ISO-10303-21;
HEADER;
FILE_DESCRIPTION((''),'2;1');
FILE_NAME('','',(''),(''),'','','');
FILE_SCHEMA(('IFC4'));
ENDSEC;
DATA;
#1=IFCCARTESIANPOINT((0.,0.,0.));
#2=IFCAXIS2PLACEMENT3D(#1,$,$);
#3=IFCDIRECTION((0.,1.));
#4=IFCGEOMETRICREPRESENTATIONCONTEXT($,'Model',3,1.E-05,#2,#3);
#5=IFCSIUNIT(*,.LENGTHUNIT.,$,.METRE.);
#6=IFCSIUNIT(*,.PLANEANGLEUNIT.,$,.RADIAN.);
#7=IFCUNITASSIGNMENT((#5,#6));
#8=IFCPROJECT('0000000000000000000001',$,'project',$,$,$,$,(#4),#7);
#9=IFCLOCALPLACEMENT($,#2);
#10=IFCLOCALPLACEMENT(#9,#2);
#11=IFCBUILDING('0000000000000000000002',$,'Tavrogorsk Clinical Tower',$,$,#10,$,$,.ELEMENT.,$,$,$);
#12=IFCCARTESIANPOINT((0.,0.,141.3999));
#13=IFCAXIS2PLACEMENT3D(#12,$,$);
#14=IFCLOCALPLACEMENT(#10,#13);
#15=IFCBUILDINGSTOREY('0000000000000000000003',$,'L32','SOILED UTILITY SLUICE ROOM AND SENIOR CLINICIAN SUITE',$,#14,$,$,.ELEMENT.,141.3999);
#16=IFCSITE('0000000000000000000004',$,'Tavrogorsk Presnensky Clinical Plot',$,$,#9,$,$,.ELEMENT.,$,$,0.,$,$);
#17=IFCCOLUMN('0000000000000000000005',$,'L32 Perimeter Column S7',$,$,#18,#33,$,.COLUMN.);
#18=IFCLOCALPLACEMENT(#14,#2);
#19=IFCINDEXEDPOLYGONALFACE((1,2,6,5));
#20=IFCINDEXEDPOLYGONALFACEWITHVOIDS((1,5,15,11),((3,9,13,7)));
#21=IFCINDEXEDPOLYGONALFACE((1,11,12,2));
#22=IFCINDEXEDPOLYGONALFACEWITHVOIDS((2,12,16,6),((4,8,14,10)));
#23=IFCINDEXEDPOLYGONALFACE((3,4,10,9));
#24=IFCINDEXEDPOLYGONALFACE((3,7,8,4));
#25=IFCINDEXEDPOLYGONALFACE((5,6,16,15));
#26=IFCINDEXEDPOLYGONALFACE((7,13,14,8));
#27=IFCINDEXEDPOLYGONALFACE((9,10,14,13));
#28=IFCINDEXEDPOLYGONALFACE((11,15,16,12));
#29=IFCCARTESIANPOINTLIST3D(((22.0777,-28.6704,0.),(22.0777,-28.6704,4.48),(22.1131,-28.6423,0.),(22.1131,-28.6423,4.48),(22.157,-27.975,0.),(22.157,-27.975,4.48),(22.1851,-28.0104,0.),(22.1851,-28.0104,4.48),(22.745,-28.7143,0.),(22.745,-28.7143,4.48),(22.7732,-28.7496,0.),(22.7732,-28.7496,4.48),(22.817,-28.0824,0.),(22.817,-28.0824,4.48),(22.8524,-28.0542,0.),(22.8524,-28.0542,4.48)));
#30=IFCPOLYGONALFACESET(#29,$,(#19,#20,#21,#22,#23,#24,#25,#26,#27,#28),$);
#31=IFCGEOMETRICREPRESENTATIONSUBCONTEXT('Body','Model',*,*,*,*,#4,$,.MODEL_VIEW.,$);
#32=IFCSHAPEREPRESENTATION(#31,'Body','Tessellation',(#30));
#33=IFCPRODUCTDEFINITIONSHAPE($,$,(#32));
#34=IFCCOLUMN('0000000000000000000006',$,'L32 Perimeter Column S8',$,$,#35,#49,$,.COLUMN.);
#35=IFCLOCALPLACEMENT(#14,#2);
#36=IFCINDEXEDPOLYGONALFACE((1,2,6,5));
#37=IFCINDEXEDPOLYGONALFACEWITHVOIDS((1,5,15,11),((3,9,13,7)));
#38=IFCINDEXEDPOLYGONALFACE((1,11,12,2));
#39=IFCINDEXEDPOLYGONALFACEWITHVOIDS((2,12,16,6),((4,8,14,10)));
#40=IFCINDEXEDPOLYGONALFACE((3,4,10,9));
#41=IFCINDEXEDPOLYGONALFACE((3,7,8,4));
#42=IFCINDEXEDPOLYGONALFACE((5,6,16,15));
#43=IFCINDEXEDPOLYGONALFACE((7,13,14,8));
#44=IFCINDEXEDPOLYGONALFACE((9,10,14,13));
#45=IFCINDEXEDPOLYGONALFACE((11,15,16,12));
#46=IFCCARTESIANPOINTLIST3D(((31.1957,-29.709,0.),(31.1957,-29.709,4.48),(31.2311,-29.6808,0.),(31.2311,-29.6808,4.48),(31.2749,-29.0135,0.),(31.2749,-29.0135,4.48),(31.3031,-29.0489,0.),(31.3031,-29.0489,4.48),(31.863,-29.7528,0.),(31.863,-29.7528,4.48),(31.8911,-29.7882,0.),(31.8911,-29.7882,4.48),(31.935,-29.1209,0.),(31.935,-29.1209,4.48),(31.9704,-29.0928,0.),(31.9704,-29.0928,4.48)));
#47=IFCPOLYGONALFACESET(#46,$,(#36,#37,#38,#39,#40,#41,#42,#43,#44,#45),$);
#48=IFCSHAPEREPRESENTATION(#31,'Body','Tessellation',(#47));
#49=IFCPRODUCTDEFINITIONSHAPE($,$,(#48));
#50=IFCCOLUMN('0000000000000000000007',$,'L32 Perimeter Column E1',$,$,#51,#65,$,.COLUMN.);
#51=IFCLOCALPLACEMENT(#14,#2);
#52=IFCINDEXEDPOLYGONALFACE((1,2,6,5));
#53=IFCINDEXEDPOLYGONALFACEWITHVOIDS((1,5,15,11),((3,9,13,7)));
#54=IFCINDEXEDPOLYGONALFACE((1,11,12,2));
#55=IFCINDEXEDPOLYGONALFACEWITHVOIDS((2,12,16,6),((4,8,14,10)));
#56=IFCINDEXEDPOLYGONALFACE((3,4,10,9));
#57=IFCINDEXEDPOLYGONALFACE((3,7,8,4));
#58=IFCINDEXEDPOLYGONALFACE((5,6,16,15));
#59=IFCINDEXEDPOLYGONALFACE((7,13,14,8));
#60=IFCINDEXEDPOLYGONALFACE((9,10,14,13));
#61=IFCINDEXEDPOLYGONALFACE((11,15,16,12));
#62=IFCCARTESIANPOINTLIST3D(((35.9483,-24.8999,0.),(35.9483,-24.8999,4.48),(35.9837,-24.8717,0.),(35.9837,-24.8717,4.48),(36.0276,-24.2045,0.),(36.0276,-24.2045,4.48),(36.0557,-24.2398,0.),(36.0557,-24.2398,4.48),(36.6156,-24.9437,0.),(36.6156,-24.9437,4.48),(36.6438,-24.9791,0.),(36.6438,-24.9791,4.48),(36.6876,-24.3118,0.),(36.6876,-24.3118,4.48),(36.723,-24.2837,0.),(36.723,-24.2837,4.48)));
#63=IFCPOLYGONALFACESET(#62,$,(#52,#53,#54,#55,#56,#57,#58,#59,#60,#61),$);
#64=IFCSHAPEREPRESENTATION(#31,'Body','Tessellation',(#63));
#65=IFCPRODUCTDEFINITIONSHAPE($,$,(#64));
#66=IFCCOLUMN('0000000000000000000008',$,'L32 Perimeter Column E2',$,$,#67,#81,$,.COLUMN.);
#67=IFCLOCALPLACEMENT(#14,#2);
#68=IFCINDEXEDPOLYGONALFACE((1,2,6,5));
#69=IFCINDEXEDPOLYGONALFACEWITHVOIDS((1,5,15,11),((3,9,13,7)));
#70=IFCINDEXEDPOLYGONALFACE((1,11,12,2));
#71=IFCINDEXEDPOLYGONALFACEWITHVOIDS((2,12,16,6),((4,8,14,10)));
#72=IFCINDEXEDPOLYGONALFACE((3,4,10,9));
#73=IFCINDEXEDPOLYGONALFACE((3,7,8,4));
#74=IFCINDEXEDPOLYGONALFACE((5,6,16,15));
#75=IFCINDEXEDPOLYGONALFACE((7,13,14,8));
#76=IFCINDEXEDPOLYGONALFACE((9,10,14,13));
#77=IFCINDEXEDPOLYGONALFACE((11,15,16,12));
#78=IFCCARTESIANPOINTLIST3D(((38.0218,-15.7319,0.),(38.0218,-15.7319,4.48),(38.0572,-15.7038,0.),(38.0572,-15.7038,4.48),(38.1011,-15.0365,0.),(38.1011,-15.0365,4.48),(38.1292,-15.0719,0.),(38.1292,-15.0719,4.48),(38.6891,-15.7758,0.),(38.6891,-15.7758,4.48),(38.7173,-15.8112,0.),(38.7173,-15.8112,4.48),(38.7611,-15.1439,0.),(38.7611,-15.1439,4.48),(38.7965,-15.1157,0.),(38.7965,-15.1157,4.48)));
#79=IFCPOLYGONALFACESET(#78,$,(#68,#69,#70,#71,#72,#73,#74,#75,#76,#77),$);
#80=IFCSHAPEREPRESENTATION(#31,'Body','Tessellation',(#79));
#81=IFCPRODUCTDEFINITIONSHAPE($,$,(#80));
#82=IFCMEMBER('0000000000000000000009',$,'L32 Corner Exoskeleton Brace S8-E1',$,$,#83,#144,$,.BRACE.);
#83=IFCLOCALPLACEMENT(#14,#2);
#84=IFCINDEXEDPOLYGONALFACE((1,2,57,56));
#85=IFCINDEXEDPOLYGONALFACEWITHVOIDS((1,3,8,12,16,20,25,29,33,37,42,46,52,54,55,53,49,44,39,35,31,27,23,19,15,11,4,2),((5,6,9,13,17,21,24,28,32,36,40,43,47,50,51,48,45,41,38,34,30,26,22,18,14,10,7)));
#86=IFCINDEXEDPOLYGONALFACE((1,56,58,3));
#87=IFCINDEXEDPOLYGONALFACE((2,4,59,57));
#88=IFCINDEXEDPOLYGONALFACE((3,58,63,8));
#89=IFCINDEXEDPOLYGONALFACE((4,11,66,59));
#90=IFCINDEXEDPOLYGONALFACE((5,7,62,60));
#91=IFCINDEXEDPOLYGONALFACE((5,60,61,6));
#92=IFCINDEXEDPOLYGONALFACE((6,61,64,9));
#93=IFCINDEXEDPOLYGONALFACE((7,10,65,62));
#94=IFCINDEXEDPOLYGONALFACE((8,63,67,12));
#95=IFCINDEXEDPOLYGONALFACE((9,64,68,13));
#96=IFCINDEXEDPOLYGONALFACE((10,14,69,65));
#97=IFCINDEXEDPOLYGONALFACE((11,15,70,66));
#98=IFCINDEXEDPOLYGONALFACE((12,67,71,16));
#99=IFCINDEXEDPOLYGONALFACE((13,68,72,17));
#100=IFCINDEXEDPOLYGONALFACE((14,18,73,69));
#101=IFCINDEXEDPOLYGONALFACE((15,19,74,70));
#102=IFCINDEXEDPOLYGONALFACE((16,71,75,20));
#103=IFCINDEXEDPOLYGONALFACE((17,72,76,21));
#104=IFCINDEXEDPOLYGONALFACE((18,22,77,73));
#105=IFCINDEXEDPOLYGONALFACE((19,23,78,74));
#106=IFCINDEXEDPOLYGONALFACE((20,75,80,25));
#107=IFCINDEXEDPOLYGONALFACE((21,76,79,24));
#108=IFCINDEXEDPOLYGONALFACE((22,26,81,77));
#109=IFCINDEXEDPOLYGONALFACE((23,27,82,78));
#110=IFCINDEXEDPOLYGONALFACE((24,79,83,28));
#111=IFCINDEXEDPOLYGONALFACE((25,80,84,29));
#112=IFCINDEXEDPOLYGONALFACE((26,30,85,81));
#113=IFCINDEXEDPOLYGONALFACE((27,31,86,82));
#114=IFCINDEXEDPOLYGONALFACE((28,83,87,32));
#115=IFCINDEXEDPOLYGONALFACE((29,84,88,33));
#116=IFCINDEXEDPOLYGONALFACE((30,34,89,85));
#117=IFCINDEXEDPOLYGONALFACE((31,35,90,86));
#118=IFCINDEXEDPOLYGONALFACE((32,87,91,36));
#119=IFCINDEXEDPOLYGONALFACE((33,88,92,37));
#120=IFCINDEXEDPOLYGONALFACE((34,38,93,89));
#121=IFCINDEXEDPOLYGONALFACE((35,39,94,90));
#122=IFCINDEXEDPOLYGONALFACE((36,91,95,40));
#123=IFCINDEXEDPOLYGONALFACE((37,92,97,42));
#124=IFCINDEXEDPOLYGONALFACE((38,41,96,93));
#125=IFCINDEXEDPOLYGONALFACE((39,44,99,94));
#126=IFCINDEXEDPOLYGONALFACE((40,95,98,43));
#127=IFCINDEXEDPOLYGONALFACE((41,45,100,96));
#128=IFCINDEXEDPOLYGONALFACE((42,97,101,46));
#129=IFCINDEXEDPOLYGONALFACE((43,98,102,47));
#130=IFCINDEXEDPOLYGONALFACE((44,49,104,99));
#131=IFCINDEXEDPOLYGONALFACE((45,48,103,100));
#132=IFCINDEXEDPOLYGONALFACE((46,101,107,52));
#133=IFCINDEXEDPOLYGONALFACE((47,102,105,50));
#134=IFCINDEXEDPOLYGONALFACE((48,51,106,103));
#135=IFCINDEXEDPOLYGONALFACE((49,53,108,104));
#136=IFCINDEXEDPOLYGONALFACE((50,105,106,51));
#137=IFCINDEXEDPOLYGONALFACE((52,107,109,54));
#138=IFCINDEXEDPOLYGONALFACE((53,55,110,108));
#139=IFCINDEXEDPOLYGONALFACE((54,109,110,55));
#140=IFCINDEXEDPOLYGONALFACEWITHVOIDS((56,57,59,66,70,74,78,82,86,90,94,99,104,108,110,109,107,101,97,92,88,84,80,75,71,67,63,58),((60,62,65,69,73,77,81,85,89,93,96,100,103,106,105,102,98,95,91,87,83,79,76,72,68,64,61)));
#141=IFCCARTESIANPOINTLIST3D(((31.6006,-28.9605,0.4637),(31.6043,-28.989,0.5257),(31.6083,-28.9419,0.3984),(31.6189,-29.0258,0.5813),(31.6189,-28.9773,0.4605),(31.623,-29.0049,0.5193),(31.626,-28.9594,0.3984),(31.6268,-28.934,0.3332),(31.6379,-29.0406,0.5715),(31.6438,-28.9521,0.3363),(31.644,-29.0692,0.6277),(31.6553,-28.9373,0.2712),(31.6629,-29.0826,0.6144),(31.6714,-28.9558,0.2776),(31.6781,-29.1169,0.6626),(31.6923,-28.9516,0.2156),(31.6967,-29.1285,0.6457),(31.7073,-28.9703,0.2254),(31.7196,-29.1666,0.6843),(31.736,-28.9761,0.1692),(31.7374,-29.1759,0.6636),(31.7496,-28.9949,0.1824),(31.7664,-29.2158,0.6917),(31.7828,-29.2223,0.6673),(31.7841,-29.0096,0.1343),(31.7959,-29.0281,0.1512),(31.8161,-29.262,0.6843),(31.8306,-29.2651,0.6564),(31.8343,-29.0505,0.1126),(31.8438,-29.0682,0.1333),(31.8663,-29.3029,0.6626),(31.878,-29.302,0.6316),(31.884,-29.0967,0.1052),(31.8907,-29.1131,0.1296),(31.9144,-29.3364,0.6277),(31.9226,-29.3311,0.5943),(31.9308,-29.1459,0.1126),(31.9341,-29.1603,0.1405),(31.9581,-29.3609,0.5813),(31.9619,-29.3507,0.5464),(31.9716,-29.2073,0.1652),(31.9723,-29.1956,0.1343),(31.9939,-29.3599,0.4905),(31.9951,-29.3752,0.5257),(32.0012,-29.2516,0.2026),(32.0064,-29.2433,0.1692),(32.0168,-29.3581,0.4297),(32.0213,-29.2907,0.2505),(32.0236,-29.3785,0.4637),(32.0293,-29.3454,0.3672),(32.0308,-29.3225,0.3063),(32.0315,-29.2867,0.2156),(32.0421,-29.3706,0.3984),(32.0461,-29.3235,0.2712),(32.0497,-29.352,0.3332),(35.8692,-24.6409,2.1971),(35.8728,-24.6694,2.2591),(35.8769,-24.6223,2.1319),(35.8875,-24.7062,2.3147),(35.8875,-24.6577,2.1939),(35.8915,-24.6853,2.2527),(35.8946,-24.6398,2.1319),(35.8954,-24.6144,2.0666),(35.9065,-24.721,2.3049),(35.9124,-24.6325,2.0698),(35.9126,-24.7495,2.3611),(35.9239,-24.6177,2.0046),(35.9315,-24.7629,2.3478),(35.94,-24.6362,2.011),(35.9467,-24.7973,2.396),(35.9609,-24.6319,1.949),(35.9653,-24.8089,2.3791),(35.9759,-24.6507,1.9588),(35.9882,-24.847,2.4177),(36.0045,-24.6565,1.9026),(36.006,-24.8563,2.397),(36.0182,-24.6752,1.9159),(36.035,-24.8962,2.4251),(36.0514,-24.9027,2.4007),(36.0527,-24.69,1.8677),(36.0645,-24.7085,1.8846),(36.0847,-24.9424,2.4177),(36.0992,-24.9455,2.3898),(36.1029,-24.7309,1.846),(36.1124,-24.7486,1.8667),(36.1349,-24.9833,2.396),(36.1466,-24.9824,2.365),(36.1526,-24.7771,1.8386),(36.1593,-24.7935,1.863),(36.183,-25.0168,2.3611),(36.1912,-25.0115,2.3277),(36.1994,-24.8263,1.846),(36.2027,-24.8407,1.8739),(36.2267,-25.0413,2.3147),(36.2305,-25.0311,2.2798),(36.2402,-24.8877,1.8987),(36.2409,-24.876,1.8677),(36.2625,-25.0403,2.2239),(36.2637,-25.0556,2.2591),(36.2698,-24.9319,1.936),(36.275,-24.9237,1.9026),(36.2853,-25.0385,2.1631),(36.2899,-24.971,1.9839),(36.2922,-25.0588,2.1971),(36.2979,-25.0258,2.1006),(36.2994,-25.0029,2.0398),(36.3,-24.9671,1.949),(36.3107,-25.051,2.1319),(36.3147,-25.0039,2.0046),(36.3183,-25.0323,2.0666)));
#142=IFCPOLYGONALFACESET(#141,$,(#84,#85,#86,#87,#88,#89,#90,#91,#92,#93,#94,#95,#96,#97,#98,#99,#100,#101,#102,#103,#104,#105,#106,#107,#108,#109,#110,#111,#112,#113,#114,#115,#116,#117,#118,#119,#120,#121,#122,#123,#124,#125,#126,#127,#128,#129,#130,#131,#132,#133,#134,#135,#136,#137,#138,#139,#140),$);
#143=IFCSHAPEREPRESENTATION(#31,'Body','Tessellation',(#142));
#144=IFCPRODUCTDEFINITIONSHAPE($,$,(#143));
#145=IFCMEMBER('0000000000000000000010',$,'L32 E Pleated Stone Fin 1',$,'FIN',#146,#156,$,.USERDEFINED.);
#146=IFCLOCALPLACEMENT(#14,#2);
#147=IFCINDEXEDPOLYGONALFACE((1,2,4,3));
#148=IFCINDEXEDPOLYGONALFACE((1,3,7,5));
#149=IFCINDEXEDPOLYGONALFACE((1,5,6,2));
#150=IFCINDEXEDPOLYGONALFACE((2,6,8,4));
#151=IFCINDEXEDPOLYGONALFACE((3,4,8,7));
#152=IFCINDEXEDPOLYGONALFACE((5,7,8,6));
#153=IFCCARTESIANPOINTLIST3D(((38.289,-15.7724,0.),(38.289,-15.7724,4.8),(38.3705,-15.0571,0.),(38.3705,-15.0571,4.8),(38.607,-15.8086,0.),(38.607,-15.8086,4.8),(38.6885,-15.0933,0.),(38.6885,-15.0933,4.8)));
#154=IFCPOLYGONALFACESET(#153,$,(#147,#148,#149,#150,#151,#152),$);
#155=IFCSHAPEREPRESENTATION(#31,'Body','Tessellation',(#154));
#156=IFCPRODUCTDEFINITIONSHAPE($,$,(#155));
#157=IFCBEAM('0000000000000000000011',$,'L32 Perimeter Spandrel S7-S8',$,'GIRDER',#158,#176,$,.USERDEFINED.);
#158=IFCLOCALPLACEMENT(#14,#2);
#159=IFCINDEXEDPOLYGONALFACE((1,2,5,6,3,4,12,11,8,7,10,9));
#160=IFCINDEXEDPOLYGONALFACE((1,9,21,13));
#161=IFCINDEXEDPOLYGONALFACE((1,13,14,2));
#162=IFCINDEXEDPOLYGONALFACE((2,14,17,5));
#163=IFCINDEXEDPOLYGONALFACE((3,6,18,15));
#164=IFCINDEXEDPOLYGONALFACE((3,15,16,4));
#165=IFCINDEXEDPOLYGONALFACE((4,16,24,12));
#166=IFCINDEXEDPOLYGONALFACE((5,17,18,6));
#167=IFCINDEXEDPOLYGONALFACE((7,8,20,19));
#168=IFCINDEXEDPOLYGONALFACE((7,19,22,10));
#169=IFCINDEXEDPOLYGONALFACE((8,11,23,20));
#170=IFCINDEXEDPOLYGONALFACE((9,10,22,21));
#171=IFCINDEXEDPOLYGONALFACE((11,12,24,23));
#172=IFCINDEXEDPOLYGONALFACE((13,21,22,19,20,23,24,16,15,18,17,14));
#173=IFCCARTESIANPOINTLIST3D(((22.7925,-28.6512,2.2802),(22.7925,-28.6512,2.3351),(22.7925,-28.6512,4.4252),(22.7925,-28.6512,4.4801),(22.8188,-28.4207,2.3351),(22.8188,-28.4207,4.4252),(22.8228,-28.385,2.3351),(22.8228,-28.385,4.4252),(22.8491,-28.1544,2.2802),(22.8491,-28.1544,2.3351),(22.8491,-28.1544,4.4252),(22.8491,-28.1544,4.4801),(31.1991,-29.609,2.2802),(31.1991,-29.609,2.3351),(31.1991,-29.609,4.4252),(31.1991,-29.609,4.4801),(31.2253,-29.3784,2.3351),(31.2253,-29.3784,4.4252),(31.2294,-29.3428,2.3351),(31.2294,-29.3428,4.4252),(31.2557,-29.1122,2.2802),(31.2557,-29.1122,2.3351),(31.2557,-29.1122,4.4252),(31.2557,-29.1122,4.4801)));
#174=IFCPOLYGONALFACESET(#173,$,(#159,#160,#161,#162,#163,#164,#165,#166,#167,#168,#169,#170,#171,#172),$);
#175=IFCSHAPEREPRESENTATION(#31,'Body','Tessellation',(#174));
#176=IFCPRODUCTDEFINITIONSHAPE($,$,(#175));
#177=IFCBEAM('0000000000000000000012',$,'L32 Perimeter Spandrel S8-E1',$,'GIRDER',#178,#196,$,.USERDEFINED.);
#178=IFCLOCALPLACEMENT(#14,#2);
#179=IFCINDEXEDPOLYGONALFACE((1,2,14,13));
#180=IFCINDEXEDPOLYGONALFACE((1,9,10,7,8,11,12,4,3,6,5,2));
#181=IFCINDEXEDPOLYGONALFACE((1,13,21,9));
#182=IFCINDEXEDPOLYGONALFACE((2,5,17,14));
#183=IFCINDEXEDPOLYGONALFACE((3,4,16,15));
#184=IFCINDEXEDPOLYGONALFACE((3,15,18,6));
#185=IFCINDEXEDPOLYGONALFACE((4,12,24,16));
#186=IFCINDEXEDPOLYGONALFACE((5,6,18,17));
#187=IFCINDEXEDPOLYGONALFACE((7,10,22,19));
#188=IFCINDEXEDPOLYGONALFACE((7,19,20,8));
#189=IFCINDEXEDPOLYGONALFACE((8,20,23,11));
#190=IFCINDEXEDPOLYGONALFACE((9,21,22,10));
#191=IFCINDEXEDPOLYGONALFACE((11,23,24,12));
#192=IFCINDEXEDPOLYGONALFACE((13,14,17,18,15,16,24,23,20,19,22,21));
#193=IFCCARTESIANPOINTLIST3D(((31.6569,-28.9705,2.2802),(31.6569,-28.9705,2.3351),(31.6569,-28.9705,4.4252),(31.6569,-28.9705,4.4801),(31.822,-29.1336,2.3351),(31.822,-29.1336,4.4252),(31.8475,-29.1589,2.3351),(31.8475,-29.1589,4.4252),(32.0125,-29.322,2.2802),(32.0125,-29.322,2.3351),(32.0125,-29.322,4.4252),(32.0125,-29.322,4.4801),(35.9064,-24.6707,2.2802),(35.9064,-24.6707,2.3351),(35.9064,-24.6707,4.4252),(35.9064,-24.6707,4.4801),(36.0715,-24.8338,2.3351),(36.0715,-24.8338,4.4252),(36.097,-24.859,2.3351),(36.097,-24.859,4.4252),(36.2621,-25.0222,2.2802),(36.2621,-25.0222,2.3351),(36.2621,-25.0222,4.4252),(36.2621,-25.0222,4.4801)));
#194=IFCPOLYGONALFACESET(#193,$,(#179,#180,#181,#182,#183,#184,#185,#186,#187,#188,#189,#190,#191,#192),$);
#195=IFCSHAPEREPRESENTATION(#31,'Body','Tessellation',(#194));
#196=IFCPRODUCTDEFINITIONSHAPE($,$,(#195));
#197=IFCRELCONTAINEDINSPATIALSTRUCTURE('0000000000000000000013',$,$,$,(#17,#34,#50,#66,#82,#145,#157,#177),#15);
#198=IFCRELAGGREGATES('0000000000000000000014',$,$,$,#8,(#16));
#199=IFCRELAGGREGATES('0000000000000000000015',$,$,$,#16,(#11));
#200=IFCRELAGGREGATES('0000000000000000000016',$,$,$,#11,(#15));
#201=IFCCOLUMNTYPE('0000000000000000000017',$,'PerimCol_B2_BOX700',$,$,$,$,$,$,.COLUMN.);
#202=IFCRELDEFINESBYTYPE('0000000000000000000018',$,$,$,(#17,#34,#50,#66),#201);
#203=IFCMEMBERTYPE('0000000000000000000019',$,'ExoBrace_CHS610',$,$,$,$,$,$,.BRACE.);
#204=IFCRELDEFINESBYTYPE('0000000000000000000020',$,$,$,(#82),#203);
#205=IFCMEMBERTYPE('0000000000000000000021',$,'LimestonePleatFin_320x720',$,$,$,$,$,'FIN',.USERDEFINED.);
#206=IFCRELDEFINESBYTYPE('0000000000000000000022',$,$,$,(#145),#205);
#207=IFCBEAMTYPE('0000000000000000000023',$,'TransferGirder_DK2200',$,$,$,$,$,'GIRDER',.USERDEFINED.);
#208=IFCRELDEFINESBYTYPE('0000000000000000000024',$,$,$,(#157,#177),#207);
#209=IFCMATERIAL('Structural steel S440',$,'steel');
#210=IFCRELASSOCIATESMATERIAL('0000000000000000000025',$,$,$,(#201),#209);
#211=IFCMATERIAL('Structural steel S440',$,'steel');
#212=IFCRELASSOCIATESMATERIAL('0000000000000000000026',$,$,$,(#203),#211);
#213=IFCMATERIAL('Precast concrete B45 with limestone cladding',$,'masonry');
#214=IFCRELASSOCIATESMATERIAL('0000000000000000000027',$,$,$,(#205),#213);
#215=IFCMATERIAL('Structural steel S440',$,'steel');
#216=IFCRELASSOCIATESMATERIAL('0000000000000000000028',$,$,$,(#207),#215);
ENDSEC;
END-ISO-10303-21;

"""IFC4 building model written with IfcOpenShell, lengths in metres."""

from ifc_helpers import new_model, si_unit, direction, frame, origin, origin_2d, place, context, subcontext, project, spatial, rectangle, hollow_rectangle, hollow_circle, i_section, extrude, material, material_profile, profile_set, type_object, element, save


model = new_model("IFC4")

# Units and contexts
model_context = context("Model", 3, precision=1e-05, world=origin(), true_north=direction((0.0, 1.0)))
body_context = subcontext(model_context, "Body", "Model", "MODEL_VIEW")
ifc_project = project(units=[si_unit("LENGTHUNIT", "METRE"), si_unit("PLANEANGLEUNIT", "RADIAN")], contexts=[model_context])

# Site, building, storey
site_placement = place(None, origin())
site = spatial("IfcSite", under=ifc_project, at=site_placement, Name="Tavrogorsk Presnensky Clinical Plot", CompositionType="ELEMENT", RefElevation=0.0)
building_placement = place(site_placement, origin())
building = spatial("IfcBuilding", under=site, at=building_placement, Name="Tavrogorsk Clinical Tower", CompositionType="ELEMENT")
storey_placement = place(building_placement, frame((0.0, 0.0, 141.3999)))
storey = spatial("IfcBuildingStorey", under=building, at=storey_placement, Name="L32", Description="SOILED UTILITY SLUICE ROOM AND SENIOR CLINICIAN SUITE", CompositionType="ELEMENT", Elevation=141.3999)

# Columns
ifc_material_1 = material(Name="Structural steel S440", Category="steel")
ifc_material_profile_1 = material_profile(ifc_material_1, hollow_rectangle(XDim=0.7, YDim=0.7, WallThickness=0.032, at=origin_2d()), Name="BOX-700x700x32")
ifc_profile_set_1 = profile_set([ifc_material_profile_1], Name="Structural steel S440")
column_type = type_object("IfcColumnType", Name="PerimCol_B2_BOX700", PredefinedType="COLUMN", material=ifc_profile_set_1)
for number, where, z_axis, x_axis, name in (
    (1, (22.4651, -28.3623, 0.0), (0.0, 0.0, 1.0), (0.993572, -0.113203, 0.0), "L32 Perimeter Column S7"),
    (2, (31.583, -29.4009, 0.0), (0.0, 0.0, 1.0), (0.993572, -0.113203, 0.0), "L32 Perimeter Column S8"),
    (3, (36.3357, -24.5918, 0.0), (0.0, 0.0, 1.0), (0.993572, -0.113203, 0.0), "L32 Perimeter Column E1"),
    (4, (38.4092, -15.4238, 0.0), (0.0, 0.0, 1.0), (0.993572, -0.113203, 0.0), "L32 Perimeter Column E2"),
):
    element("IfcColumn", number, at=place(storey_placement, frame(where, z_axis=z_axis, x_axis=x_axis)), inside=storey, type_object=column_type, Name=name, PredefinedType="COLUMN", context=body_context, shape_type="SweptSolid", body=[
        extrude(hollow_rectangle(XDim=0.7, YDim=0.7, WallThickness=0.032, at=origin_2d()), origin(), (0.0, 0.0, 1.0), 4.48),
    ])

# Members
ifc_material_2 = material(Name="Structural steel S440", Category="steel")
ifc_material_profile_2 = material_profile(ifc_material_2, hollow_circle(Radius=0.3049, WallThickness=0.0249, at=origin_2d()), Name="CHS-610x25")
ifc_profile_set_2 = profile_set([ifc_material_profile_2], Name="Structural steel S440")
member_type_1 = type_object("IfcMemberType", Name="ExoBrace_CHS610", PredefinedType="BRACE", material=ifc_profile_set_2)
member_1_placement = place(storey_placement, frame((31.8252, -29.1562, 0.3984), z_axis=(0.675899, 0.683978, 0.274473), x_axis=(-0.711295, 0.702893, 0.0)))
element("IfcMember", 5, at=member_1_placement, inside=storey, type_object=member_type_1, Name="L32 Corner Exoskeleton Brace S8-E1", PredefinedType="BRACE", context=body_context, shape_type="SweptSolid", body=[
    extrude(hollow_circle(Radius=0.3049, WallThickness=0.0249, at=origin_2d()), origin(), (0.0, 0.0, 1.0), 6.3154),
])
ifc_material_3 = material(Name="Precast concrete B45 with limestone cladding", Category="masonry")
ifc_material_profile_3 = material_profile(ifc_material_3, rectangle(XDim=0.3201, YDim=0.72, at=origin_2d()), Name="LIMESTONE-FIN-320x720")
ifc_profile_set_3 = profile_set([ifc_material_profile_3], Name="Precast concrete B45 with limestone cladding")
member_type_2 = type_object("IfcMemberType", Name="LimestonePleatFin_320x720", ElementType="FIN", PredefinedType="USERDEFINED", material=ifc_profile_set_3)
member_2_placement = place(storey_placement, frame((38.4888, -15.4329, 0.0), z_axis=(0.0, 0.0, 1.0), x_axis=(0.993572, -0.113203, 0.0)))
element("IfcMember", 6, at=member_2_placement, inside=storey, type_object=member_type_2, Name="L32 E Pleated Stone Fin 1", ObjectType="FIN", PredefinedType="USERDEFINED", context=body_context, shape_type="SweptSolid", body=[
    extrude(rectangle(XDim=0.3201, YDim=0.72, at=origin_2d()), origin(), (0.0, 0.0, 1.0), 4.8),
])

# Beams
ifc_material_4 = material(Name="Structural steel S440", Category="steel")
ifc_material_profile_4 = material_profile(ifc_material_4, i_section(OverallWidth=0.5, OverallDepth=2.2, WebThickness=0.0359, FlangeThickness=0.0549, at=origin_2d()), Name="DK-2200x500x36x55")
ifc_profile_set_4 = profile_set([ifc_material_profile_4], Name="Structural steel S440")
beam_type = type_object("IfcBeamType", Name="TransferGirder_DK2200", ElementType="GIRDER", PredefinedType="USERDEFINED", material=ifc_profile_set_4)
beam_1_placement = place(storey_placement, frame((22.8208, -28.4028, 3.3801), z_axis=(0.993572, -0.113199, 0.0), x_axis=(0.113199, 0.993572, 0.0)))
element("IfcBeam", 7, at=beam_1_placement, inside=storey, type_object=beam_type, Name="L32 Perimeter Spandrel S7-S8", ObjectType="GIRDER", PredefinedType="USERDEFINED", context=body_context, shape_type="SweptSolid", body=[
    extrude(i_section(OverallWidth=0.5, OverallDepth=2.2, WebThickness=0.0359, FlangeThickness=0.0549, at=origin_2d()), origin(), (0.0, 0.0, 1.0), 8.4609),
])
beam_2_placement = place(storey_placement, frame((31.8347, -29.1462, 3.3801), z_axis=(0.702935, 0.711254, 0.0), x_axis=(-0.711254, 0.702935, 0.0)))
element("IfcBeam", 8, at=beam_2_placement, inside=storey, type_object=beam_type, Name="L32 Perimeter Spandrel S8-E1", ObjectType="GIRDER", PredefinedType="USERDEFINED", context=body_context, shape_type="SweptSolid", body=[
    extrude(i_section(OverallWidth=0.5, OverallDepth=2.2, WebThickness=0.0359, FlangeThickness=0.0549, at=origin_2d()), origin(), (0.0, 0.0, 1.0), 6.0454),
])

save(model, "model.ifc")
